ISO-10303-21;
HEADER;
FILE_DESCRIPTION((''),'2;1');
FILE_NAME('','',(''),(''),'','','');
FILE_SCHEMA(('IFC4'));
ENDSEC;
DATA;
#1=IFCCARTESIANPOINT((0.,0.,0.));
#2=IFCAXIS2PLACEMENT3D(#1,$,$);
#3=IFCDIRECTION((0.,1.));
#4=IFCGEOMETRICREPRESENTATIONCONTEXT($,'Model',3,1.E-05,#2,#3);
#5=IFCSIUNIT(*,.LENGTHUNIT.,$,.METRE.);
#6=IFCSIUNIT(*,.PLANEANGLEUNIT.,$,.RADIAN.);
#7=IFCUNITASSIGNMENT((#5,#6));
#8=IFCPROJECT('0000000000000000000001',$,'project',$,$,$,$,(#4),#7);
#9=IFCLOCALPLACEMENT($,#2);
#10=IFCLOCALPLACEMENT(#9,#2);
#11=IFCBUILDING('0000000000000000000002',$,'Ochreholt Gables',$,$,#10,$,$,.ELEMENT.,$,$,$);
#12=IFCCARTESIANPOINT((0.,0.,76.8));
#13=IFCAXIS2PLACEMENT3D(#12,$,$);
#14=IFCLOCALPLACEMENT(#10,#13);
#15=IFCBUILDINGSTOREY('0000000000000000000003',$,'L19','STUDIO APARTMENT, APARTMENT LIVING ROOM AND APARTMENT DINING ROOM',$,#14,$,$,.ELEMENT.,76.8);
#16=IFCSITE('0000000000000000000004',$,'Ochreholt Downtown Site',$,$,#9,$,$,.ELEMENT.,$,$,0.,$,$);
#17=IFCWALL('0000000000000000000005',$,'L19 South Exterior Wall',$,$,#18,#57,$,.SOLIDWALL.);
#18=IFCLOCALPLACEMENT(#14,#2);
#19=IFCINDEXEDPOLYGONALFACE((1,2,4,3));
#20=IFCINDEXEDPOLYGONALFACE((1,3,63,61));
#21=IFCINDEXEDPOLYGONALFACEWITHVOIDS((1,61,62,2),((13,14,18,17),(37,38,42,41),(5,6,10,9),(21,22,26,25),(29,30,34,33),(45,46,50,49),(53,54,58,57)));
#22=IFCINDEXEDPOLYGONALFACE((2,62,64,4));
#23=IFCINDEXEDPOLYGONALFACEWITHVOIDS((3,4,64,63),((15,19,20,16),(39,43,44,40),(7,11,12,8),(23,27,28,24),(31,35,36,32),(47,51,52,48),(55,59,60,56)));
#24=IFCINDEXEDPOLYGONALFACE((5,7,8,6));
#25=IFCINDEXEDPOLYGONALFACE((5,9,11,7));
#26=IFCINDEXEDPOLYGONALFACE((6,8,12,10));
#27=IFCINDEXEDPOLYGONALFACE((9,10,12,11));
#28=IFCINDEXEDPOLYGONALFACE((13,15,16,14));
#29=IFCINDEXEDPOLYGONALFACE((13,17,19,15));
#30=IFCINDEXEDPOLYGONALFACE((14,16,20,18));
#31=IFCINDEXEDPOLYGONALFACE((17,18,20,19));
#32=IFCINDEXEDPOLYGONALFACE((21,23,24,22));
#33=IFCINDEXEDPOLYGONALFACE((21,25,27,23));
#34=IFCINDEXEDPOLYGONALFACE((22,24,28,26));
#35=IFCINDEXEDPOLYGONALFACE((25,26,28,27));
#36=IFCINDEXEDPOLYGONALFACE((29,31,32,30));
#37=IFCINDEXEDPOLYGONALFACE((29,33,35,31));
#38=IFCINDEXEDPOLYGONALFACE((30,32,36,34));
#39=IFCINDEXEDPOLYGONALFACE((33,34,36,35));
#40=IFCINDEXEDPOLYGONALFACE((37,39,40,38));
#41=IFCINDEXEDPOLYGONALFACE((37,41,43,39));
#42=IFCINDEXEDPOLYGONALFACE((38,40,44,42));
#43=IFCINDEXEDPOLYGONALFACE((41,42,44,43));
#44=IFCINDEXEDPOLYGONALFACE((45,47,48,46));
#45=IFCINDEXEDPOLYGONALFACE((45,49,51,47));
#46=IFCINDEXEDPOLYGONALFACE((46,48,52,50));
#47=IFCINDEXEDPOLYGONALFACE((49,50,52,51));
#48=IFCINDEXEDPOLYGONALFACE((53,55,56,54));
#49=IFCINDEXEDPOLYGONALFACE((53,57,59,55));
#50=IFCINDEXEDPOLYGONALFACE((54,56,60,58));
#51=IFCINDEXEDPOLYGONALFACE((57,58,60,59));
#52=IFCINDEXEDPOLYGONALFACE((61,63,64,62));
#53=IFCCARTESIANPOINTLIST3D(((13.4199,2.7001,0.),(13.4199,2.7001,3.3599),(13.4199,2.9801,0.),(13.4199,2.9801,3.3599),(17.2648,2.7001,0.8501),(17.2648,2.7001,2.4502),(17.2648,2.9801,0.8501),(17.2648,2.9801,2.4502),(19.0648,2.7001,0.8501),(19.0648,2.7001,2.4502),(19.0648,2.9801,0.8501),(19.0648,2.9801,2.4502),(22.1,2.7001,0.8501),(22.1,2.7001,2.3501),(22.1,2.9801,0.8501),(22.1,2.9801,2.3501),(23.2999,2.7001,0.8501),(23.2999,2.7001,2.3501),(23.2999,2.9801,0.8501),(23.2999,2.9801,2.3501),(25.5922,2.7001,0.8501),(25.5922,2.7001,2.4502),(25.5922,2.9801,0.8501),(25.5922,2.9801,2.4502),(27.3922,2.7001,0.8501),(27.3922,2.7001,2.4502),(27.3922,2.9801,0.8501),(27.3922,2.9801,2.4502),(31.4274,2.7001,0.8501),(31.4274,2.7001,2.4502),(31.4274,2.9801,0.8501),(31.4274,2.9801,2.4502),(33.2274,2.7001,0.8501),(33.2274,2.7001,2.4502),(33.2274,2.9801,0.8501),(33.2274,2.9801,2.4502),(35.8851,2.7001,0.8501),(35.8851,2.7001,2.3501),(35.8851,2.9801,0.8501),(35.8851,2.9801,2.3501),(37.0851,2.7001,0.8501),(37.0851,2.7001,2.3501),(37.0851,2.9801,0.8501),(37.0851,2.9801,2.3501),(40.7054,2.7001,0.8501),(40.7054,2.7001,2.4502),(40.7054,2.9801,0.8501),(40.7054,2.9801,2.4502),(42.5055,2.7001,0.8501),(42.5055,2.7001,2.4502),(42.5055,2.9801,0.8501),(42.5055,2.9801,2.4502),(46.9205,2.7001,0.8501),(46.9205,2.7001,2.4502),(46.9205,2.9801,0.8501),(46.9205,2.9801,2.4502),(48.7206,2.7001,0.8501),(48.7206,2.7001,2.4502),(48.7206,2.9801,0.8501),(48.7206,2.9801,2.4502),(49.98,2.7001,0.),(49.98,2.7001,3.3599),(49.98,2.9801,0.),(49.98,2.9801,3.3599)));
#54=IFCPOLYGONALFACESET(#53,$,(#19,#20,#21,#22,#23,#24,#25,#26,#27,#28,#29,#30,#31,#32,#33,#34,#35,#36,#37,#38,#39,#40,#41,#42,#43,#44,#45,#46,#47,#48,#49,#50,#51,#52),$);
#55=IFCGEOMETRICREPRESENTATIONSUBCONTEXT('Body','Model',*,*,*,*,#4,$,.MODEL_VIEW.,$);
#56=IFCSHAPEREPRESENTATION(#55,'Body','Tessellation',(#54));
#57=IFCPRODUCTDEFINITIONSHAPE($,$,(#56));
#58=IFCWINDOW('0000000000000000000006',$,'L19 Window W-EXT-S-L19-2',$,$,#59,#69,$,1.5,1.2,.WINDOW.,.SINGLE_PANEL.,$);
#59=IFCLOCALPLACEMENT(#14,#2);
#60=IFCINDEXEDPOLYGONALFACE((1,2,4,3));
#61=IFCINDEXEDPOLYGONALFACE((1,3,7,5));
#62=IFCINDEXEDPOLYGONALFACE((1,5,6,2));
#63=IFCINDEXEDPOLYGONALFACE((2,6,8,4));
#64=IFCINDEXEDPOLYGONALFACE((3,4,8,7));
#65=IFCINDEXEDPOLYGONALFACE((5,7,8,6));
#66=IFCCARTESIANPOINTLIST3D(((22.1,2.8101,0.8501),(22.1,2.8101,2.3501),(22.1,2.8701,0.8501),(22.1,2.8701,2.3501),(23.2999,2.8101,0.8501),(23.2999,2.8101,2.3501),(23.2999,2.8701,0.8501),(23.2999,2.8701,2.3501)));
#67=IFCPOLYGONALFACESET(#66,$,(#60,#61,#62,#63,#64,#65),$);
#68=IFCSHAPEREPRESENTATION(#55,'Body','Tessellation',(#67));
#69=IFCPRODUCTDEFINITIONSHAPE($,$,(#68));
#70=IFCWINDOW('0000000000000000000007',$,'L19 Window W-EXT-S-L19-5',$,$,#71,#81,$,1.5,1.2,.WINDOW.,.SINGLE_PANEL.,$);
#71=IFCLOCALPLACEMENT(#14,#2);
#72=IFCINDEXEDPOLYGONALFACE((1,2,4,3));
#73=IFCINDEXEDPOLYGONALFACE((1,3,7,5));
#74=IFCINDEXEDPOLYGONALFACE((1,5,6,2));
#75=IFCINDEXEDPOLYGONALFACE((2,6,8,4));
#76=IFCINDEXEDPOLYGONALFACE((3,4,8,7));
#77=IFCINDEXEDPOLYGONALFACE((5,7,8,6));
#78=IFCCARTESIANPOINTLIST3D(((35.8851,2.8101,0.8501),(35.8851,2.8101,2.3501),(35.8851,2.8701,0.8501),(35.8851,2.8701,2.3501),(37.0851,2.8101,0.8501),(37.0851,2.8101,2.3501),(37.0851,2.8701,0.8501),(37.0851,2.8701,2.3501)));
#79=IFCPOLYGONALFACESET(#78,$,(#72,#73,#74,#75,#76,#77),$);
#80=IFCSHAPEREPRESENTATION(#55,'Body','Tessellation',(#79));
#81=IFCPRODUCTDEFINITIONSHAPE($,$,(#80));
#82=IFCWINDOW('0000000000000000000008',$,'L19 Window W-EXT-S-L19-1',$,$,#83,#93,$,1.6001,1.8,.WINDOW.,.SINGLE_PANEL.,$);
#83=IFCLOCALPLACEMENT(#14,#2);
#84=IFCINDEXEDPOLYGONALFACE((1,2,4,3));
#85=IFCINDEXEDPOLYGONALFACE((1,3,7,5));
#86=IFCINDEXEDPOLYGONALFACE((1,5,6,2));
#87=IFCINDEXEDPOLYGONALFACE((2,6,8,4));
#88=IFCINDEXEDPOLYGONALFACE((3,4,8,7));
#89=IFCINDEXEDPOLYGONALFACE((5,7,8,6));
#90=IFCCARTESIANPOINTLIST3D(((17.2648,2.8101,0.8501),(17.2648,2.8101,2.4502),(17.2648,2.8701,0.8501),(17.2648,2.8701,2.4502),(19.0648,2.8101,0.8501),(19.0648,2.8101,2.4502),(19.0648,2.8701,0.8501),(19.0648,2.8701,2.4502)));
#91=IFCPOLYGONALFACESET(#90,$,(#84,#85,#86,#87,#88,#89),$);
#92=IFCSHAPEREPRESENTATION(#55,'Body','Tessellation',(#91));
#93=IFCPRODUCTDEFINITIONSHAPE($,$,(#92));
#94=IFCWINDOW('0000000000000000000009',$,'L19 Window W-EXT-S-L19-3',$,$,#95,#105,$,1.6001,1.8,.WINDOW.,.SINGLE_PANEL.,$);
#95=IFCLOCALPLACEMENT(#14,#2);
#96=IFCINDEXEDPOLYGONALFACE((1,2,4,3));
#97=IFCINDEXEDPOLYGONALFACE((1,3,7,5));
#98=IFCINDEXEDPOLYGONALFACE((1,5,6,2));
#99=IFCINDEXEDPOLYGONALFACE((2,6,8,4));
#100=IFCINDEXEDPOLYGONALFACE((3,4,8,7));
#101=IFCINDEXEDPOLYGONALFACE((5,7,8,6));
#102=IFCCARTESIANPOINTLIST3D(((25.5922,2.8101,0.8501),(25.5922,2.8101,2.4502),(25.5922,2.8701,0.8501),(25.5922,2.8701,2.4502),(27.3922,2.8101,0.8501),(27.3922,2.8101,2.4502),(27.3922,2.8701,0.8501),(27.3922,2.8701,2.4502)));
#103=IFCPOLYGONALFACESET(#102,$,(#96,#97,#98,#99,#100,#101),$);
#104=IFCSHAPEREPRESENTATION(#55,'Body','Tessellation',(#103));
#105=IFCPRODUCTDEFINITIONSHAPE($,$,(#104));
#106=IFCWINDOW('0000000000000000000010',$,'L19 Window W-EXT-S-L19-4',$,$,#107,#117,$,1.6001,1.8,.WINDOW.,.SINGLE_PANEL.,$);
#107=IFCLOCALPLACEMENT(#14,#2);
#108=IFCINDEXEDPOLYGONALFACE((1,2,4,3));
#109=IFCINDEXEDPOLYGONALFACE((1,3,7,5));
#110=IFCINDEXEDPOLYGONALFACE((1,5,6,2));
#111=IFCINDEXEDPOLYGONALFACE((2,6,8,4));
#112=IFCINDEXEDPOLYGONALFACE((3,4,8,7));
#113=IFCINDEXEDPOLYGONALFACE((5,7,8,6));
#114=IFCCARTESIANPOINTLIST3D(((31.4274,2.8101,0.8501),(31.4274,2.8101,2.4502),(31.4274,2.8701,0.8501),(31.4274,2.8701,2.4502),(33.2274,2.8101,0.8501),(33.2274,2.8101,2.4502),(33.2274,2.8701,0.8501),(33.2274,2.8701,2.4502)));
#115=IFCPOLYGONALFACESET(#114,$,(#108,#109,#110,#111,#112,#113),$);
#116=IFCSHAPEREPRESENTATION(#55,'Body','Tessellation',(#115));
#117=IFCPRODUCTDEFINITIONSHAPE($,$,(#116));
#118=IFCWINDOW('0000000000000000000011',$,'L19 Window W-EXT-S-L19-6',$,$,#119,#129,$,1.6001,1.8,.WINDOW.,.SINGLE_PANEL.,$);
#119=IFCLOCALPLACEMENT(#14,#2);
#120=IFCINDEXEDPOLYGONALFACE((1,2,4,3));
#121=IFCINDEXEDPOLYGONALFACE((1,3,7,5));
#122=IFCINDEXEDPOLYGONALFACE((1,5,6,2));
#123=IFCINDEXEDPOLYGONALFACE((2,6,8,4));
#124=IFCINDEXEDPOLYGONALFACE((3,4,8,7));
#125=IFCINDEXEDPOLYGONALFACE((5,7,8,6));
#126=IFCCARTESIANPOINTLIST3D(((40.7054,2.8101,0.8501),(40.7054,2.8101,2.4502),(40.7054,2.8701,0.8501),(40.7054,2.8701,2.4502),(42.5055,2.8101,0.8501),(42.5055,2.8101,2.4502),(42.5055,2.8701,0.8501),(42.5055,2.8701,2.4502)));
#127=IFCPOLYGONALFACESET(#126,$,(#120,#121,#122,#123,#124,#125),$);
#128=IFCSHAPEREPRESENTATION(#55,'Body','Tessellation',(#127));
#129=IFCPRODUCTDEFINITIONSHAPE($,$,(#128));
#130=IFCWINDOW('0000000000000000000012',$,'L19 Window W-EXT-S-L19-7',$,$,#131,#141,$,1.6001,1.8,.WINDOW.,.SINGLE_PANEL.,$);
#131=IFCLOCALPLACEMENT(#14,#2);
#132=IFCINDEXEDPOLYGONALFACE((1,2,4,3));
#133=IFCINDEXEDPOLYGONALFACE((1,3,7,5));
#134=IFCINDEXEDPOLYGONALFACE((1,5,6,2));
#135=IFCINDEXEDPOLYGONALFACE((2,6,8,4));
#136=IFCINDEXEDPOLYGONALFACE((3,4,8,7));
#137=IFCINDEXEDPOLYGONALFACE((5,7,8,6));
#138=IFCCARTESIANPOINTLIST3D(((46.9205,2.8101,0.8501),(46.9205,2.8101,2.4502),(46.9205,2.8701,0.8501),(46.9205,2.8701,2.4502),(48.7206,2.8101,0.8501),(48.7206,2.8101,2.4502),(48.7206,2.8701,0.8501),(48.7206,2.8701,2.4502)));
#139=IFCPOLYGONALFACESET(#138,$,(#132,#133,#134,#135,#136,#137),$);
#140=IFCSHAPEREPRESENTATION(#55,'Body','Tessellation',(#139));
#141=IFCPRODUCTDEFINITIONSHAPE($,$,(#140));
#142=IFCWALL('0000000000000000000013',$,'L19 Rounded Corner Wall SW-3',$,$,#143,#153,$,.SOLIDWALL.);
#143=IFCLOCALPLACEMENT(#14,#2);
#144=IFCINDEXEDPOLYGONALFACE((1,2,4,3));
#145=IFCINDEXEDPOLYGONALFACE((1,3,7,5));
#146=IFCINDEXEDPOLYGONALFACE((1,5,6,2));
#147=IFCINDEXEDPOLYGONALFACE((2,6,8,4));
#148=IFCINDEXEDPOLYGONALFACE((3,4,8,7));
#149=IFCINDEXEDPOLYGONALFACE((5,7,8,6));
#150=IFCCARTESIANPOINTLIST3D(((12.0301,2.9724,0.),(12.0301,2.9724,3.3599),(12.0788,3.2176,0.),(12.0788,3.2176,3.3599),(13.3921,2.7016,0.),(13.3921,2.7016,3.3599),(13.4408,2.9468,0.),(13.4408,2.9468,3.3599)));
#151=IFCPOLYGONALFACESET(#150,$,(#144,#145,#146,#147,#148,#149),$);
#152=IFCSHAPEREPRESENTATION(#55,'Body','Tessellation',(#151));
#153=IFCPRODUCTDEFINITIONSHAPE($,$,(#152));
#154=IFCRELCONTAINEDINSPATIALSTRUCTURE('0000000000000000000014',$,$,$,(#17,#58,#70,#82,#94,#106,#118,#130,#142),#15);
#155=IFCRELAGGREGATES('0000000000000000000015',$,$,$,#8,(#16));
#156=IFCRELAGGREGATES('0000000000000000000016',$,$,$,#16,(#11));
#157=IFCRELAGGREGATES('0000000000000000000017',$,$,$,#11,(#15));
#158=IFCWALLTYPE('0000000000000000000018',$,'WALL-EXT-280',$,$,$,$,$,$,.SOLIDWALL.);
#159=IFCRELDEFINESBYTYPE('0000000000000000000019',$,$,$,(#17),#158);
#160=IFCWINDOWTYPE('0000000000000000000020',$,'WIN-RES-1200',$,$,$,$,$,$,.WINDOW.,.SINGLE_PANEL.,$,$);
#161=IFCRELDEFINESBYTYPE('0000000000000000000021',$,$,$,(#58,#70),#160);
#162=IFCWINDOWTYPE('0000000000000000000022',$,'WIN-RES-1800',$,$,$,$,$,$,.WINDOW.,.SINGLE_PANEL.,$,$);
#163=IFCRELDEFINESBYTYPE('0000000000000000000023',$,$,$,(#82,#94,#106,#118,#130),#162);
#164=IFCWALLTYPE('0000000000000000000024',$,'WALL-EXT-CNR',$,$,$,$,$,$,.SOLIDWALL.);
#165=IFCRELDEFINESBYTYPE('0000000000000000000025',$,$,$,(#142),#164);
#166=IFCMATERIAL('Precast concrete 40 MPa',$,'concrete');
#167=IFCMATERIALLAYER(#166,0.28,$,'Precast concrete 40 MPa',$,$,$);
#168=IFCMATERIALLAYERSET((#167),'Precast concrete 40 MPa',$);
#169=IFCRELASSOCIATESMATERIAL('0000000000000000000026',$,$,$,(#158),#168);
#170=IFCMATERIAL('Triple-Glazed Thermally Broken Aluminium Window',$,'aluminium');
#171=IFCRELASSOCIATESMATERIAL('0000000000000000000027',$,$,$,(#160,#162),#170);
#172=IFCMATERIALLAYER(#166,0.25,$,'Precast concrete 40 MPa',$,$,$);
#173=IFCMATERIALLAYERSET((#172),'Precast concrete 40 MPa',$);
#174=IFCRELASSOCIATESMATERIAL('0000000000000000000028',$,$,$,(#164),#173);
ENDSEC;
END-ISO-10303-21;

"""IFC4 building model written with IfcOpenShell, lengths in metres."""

from ifc_helpers import new_model, si_unit, direction, frame, frame_2d, origin, place, context, subcontext, project, spatial, rectangle, extrude, material, layer, layer_set, type_object, element, fill, save


model = new_model("IFC4")

# Units and contexts
model_context = context("Model", 3, precision=1e-05, world=origin(), true_north=direction((0.0, 1.0)))
body_context = subcontext(model_context, "Body", "Model", "MODEL_VIEW")
ifc_project = project(units=[si_unit("LENGTHUNIT", "METRE"), si_unit("PLANEANGLEUNIT", "RADIAN")], contexts=[model_context])

# Site, building, storey
site_placement = place(None, origin())
site = spatial("IfcSite", under=ifc_project, at=site_placement, Name="Ochreholt Downtown Site", CompositionType="ELEMENT", RefElevation=0.0)
building_placement = place(site_placement, origin())
building = spatial("IfcBuilding", under=site, at=building_placement, Name="Ochreholt Gables", CompositionType="ELEMENT")
storey_placement = place(building_placement, frame((0.0, 0.0, 76.8)))
storey = spatial("IfcBuildingStorey", under=building, at=storey_placement, Name="L19", Description="STUDIO APARTMENT, APARTMENT LIVING ROOM AND APARTMENT DINING ROOM", CompositionType="ELEMENT", Elevation=76.8)

# Wall, openings, windows
ifc_material_1 = material(Name="Precast concrete 40 MPa", Category="concrete")
ifc_layer_1 = layer(ifc_material_1, 0.28, Name="Precast concrete 40 MPa")
ifc_layer_set_1 = layer_set([ifc_layer_1], Name="Precast concrete 40 MPa")
wall_type_1 = type_object("IfcWallType", Name="WALL-EXT-280", PredefinedType="SOLIDWALL", material=ifc_layer_set_1)
wall_1_placement = place(storey_placement, frame((13.4199, 2.8401, 0.0), z_axis=(0.0, 0.0, 1.0), x_axis=(1.0, 0.0, 0.0)))
wall_1 = element("IfcWall", 1, at=wall_1_placement, inside=storey, type_object=wall_type_1, Name="L19 South Exterior Wall", PredefinedType="SOLIDWALL", context=body_context, shape_type="SweptSolid", body=[
    extrude(rectangle(XDim=36.5601, YDim=0.28, at=frame_2d((18.28, 0.0))), origin(), (0.0, 0.0, 1.0), 3.3599),
])
opening_1_placement = place(wall_1_placement, frame((3.845, 0.0, 0.8501)))
opening_1 = element("IfcOpeningElement", 2, at=opening_1_placement, cuts=wall_1, PredefinedType="OPENING", context=body_context, shape_type="SweptSolid", body=[
    extrude(rectangle(XDim=1.8, YDim=1.6001, at=frame_2d((0.8999, 0.8))), frame((0.0, 0.1499, 0.0), z_axis=(0.0, -1.0, 0.0), x_axis=(1.0, 0.0, 0.0)), (0.0, 0.0, 1.0), 0.3),
])
opening_2_placement = place(wall_1_placement, frame((8.6799, 0.0, 0.8501)))
opening_2 = element("IfcOpeningElement", 3, at=opening_2_placement, cuts=wall_1, PredefinedType="OPENING", context=body_context, shape_type="SweptSolid", body=[
    extrude(rectangle(XDim=1.2, YDim=1.5, at=frame_2d((0.6001, 0.75))), frame((0.0, 0.1499, 0.0), z_axis=(0.0, -1.0, 0.0), x_axis=(1.0, 0.0, 0.0)), (0.0, 0.0, 1.0), 0.3),
])
opening_3_placement = place(wall_1_placement, frame((12.1724, 0.0, 0.8501)))
opening_3 = element("IfcOpeningElement", 4, at=opening_3_placement, cuts=wall_1, PredefinedType="OPENING", context=body_context, shape_type="SweptSolid", body=[
    extrude(rectangle(XDim=1.8, YDim=1.6001, at=frame_2d((0.8999, 0.8))), frame((0.0, 0.1499, 0.0), z_axis=(0.0, -1.0, 0.0), x_axis=(1.0, 0.0, 0.0)), (0.0, 0.0, 1.0), 0.3),
])
opening_4_placement = place(wall_1_placement, frame((18.0076, 0.0, 0.8501)))
opening_4 = element("IfcOpeningElement", 5, at=opening_4_placement, cuts=wall_1, PredefinedType="OPENING", context=body_context, shape_type="SweptSolid", body=[
    extrude(rectangle(XDim=1.8, YDim=1.6001, at=frame_2d((0.8999, 0.8))), frame((0.0, 0.1499, 0.0), z_axis=(0.0, -1.0, 0.0), x_axis=(1.0, 0.0, 0.0)), (0.0, 0.0, 1.0), 0.3),
])
opening_5_placement = place(wall_1_placement, frame((22.4651, 0.0, 0.8501)))
opening_5 = element("IfcOpeningElement", 6, at=opening_5_placement, cuts=wall_1, PredefinedType="OPENING", context=body_context, shape_type="SweptSolid", body=[
    extrude(rectangle(XDim=1.2, YDim=1.5, at=frame_2d((0.6001, 0.75))), frame((0.0, 0.1499, 0.0), z_axis=(0.0, -1.0, 0.0), x_axis=(1.0, 0.0, 0.0)), (0.0, 0.0, 1.0), 0.3),
])
opening_6_placement = place(wall_1_placement, frame((27.2856, 0.0, 0.8501)))
opening_6 = element("IfcOpeningElement", 7, at=opening_6_placement, cuts=wall_1, PredefinedType="OPENING", context=body_context, shape_type="SweptSolid", body=[
    extrude(rectangle(XDim=1.8, YDim=1.6001, at=frame_2d((0.8999, 0.8))), frame((0.0, 0.1499, 0.0), z_axis=(0.0, -1.0, 0.0), x_axis=(1.0, 0.0, 0.0)), (0.0, 0.0, 1.0), 0.3),
])
opening_7_placement = place(wall_1_placement, frame((33.5007, 0.0, 0.8501)))
opening_7 = element("IfcOpeningElement", 8, at=opening_7_placement, cuts=wall_1, PredefinedType="OPENING", context=body_context, shape_type="SweptSolid", body=[
    extrude(rectangle(XDim=1.8, YDim=1.6001, at=frame_2d((0.8999, 0.8))), frame((0.0, 0.1499, 0.0), z_axis=(0.0, -1.0, 0.0), x_axis=(1.0, 0.0, 0.0)), (0.0, 0.0, 1.0), 0.3),
])
ifc_material_2 = material(Name="Triple-Glazed Thermally Broken Aluminium Window", Category="aluminium")
window_type_1 = type_object("IfcWindowType", Name="WIN-RES-1200", PartitioningType="SINGLE_PANEL", PredefinedType="WINDOW", material=ifc_material_2)
window_1_placement = place(opening_2_placement, origin())
window_1 = element("IfcWindow", 9, at=window_1_placement, inside=storey, type_object=window_type_1, Name="L19 Window W-EXT-S-L19-2", OverallHeight=1.5, OverallWidth=1.2, PartitioningType="SINGLE_PANEL", PredefinedType="WINDOW", context=body_context, shape_type="SweptSolid", body=[
    extrude(rectangle(XDim=1.2, YDim=1.5, at=frame_2d((0.6001, 0.75))), frame((0.0, 0.03, 0.0), z_axis=(0.0, -1.0, 0.0), x_axis=(1.0, 0.0, 0.0)), (0.0, 0.0, 1.0), 0.0601),
])
fill(opening_2, window_1)
window_2_placement = place(opening_5_placement, origin())
window_2 = element("IfcWindow", 10, at=window_2_placement, inside=storey, type_object=window_type_1, Name="L19 Window W-EXT-S-L19-5", OverallHeight=1.5, OverallWidth=1.2, PartitioningType="SINGLE_PANEL", PredefinedType="WINDOW", context=body_context, shape_type="SweptSolid", body=[
    extrude(rectangle(XDim=1.2, YDim=1.5, at=frame_2d((0.6001, 0.75))), frame((0.0, 0.03, 0.0), z_axis=(0.0, -1.0, 0.0), x_axis=(1.0, 0.0, 0.0)), (0.0, 0.0, 1.0), 0.0601),
])
fill(opening_5, window_2)
window_type_2 = type_object("IfcWindowType", Name="WIN-RES-1800", PartitioningType="SINGLE_PANEL", PredefinedType="WINDOW", material=ifc_material_2)
window_3_placement = place(opening_1_placement, origin())
window_3 = element("IfcWindow", 11, at=window_3_placement, inside=storey, type_object=window_type_2, Name="L19 Window W-EXT-S-L19-1", OverallHeight=1.6001, OverallWidth=1.8, PartitioningType="SINGLE_PANEL", PredefinedType="WINDOW", context=body_context, shape_type="SweptSolid", body=[
    extrude(rectangle(XDim=1.8, YDim=1.6001, at=frame_2d((0.8999, 0.8))), frame((0.0, 0.03, 0.0), z_axis=(0.0, -1.0, 0.0), x_axis=(1.0, 0.0, 0.0)), (0.0, 0.0, 1.0), 0.0601),
])
fill(opening_1, window_3)
window_4_placement = place(opening_3_placement, origin())
window_4 = element("IfcWindow", 12, at=window_4_placement, inside=storey, type_object=window_type_2, Name="L19 Window W-EXT-S-L19-3", OverallHeight=1.6001, OverallWidth=1.8, PartitioningType="SINGLE_PANEL", PredefinedType="WINDOW", context=body_context, shape_type="SweptSolid", body=[
    extrude(rectangle(XDim=1.8, YDim=1.6001, at=frame_2d((0.8999, 0.8))), frame((0.0, 0.03, 0.0), z_axis=(0.0, -1.0, 0.0), x_axis=(1.0, 0.0, 0.0)), (0.0, 0.0, 1.0), 0.0601),
])
fill(opening_3, window_4)
window_5_placement = place(opening_4_placement, origin())
window_5 = element("IfcWindow", 13, at=window_5_placement, inside=storey, type_object=window_type_2, Name="L19 Window W-EXT-S-L19-4", OverallHeight=1.6001, OverallWidth=1.8, PartitioningType="SINGLE_PANEL", PredefinedType="WINDOW", context=body_context, shape_type="SweptSolid", body=[
    extrude(rectangle(XDim=1.8, YDim=1.6001, at=frame_2d((0.8999, 0.8))), frame((0.0, 0.03, 0.0), z_axis=(0.0, -1.0, 0.0), x_axis=(1.0, 0.0, 0.0)), (0.0, 0.0, 1.0), 0.0601),
])
fill(opening_4, window_5)
window_6_placement = place(opening_6_placement, origin())
window_6 = element("IfcWindow", 14, at=window_6_placement, inside=storey, type_object=window_type_2, Name="L19 Window W-EXT-S-L19-6", OverallHeight=1.6001, OverallWidth=1.8, PartitioningType="SINGLE_PANEL", PredefinedType="WINDOW", context=body_context, shape_type="SweptSolid", body=[
    extrude(rectangle(XDim=1.8, YDim=1.6001, at=frame_2d((0.8999, 0.8))), frame((0.0, 0.03, 0.0), z_axis=(0.0, -1.0, 0.0), x_axis=(1.0, 0.0, 0.0)), (0.0, 0.0, 1.0), 0.0601),
])
fill(opening_6, window_6)
window_7_placement = place(opening_7_placement, origin())
window_7 = element("IfcWindow", 15, at=window_7_placement, inside=storey, type_object=window_type_2, Name="L19 Window W-EXT-S-L19-7", OverallHeight=1.6001, OverallWidth=1.8, PartitioningType="SINGLE_PANEL", PredefinedType="WINDOW", context=body_context, shape_type="SweptSolid", body=[
    extrude(rectangle(XDim=1.8, YDim=1.6001, at=frame_2d((0.8999, 0.8))), frame((0.0, 0.03, 0.0), z_axis=(0.0, -1.0, 0.0), x_axis=(1.0, 0.0, 0.0)), (0.0, 0.0, 1.0), 0.0601),
])
fill(opening_7, window_7)

# Wall
ifc_layer_2 = layer(ifc_material_1, 0.25, Name="Precast concrete 40 MPa")
ifc_layer_set_2 = layer_set([ifc_layer_2], Name="Precast concrete 40 MPa")
wall_type_2 = type_object("IfcWallType", Name="WALL-EXT-CNR", PredefinedType="SOLIDWALL", material=ifc_layer_set_2)
wall_2_placement = place(storey_placement, frame((12.0544, 3.095, 0.0), z_axis=(0.0, 0.0, 1.0), x_axis=(0.98081, -0.194967, 0.0)))
element("IfcWall", 16, at=wall_2_placement, inside=storey, type_object=wall_type_2, Name="L19 Rounded Corner Wall SW-3", PredefinedType="SOLIDWALL", context=body_context, shape_type="SweptSolid", body=[
    extrude(rectangle(XDim=1.3887, YDim=0.25, at=frame_2d((0.6943, 0.0))), origin(), (0.0, 0.0, 1.0), 3.3599),
])

save(model, "model.ifc")
